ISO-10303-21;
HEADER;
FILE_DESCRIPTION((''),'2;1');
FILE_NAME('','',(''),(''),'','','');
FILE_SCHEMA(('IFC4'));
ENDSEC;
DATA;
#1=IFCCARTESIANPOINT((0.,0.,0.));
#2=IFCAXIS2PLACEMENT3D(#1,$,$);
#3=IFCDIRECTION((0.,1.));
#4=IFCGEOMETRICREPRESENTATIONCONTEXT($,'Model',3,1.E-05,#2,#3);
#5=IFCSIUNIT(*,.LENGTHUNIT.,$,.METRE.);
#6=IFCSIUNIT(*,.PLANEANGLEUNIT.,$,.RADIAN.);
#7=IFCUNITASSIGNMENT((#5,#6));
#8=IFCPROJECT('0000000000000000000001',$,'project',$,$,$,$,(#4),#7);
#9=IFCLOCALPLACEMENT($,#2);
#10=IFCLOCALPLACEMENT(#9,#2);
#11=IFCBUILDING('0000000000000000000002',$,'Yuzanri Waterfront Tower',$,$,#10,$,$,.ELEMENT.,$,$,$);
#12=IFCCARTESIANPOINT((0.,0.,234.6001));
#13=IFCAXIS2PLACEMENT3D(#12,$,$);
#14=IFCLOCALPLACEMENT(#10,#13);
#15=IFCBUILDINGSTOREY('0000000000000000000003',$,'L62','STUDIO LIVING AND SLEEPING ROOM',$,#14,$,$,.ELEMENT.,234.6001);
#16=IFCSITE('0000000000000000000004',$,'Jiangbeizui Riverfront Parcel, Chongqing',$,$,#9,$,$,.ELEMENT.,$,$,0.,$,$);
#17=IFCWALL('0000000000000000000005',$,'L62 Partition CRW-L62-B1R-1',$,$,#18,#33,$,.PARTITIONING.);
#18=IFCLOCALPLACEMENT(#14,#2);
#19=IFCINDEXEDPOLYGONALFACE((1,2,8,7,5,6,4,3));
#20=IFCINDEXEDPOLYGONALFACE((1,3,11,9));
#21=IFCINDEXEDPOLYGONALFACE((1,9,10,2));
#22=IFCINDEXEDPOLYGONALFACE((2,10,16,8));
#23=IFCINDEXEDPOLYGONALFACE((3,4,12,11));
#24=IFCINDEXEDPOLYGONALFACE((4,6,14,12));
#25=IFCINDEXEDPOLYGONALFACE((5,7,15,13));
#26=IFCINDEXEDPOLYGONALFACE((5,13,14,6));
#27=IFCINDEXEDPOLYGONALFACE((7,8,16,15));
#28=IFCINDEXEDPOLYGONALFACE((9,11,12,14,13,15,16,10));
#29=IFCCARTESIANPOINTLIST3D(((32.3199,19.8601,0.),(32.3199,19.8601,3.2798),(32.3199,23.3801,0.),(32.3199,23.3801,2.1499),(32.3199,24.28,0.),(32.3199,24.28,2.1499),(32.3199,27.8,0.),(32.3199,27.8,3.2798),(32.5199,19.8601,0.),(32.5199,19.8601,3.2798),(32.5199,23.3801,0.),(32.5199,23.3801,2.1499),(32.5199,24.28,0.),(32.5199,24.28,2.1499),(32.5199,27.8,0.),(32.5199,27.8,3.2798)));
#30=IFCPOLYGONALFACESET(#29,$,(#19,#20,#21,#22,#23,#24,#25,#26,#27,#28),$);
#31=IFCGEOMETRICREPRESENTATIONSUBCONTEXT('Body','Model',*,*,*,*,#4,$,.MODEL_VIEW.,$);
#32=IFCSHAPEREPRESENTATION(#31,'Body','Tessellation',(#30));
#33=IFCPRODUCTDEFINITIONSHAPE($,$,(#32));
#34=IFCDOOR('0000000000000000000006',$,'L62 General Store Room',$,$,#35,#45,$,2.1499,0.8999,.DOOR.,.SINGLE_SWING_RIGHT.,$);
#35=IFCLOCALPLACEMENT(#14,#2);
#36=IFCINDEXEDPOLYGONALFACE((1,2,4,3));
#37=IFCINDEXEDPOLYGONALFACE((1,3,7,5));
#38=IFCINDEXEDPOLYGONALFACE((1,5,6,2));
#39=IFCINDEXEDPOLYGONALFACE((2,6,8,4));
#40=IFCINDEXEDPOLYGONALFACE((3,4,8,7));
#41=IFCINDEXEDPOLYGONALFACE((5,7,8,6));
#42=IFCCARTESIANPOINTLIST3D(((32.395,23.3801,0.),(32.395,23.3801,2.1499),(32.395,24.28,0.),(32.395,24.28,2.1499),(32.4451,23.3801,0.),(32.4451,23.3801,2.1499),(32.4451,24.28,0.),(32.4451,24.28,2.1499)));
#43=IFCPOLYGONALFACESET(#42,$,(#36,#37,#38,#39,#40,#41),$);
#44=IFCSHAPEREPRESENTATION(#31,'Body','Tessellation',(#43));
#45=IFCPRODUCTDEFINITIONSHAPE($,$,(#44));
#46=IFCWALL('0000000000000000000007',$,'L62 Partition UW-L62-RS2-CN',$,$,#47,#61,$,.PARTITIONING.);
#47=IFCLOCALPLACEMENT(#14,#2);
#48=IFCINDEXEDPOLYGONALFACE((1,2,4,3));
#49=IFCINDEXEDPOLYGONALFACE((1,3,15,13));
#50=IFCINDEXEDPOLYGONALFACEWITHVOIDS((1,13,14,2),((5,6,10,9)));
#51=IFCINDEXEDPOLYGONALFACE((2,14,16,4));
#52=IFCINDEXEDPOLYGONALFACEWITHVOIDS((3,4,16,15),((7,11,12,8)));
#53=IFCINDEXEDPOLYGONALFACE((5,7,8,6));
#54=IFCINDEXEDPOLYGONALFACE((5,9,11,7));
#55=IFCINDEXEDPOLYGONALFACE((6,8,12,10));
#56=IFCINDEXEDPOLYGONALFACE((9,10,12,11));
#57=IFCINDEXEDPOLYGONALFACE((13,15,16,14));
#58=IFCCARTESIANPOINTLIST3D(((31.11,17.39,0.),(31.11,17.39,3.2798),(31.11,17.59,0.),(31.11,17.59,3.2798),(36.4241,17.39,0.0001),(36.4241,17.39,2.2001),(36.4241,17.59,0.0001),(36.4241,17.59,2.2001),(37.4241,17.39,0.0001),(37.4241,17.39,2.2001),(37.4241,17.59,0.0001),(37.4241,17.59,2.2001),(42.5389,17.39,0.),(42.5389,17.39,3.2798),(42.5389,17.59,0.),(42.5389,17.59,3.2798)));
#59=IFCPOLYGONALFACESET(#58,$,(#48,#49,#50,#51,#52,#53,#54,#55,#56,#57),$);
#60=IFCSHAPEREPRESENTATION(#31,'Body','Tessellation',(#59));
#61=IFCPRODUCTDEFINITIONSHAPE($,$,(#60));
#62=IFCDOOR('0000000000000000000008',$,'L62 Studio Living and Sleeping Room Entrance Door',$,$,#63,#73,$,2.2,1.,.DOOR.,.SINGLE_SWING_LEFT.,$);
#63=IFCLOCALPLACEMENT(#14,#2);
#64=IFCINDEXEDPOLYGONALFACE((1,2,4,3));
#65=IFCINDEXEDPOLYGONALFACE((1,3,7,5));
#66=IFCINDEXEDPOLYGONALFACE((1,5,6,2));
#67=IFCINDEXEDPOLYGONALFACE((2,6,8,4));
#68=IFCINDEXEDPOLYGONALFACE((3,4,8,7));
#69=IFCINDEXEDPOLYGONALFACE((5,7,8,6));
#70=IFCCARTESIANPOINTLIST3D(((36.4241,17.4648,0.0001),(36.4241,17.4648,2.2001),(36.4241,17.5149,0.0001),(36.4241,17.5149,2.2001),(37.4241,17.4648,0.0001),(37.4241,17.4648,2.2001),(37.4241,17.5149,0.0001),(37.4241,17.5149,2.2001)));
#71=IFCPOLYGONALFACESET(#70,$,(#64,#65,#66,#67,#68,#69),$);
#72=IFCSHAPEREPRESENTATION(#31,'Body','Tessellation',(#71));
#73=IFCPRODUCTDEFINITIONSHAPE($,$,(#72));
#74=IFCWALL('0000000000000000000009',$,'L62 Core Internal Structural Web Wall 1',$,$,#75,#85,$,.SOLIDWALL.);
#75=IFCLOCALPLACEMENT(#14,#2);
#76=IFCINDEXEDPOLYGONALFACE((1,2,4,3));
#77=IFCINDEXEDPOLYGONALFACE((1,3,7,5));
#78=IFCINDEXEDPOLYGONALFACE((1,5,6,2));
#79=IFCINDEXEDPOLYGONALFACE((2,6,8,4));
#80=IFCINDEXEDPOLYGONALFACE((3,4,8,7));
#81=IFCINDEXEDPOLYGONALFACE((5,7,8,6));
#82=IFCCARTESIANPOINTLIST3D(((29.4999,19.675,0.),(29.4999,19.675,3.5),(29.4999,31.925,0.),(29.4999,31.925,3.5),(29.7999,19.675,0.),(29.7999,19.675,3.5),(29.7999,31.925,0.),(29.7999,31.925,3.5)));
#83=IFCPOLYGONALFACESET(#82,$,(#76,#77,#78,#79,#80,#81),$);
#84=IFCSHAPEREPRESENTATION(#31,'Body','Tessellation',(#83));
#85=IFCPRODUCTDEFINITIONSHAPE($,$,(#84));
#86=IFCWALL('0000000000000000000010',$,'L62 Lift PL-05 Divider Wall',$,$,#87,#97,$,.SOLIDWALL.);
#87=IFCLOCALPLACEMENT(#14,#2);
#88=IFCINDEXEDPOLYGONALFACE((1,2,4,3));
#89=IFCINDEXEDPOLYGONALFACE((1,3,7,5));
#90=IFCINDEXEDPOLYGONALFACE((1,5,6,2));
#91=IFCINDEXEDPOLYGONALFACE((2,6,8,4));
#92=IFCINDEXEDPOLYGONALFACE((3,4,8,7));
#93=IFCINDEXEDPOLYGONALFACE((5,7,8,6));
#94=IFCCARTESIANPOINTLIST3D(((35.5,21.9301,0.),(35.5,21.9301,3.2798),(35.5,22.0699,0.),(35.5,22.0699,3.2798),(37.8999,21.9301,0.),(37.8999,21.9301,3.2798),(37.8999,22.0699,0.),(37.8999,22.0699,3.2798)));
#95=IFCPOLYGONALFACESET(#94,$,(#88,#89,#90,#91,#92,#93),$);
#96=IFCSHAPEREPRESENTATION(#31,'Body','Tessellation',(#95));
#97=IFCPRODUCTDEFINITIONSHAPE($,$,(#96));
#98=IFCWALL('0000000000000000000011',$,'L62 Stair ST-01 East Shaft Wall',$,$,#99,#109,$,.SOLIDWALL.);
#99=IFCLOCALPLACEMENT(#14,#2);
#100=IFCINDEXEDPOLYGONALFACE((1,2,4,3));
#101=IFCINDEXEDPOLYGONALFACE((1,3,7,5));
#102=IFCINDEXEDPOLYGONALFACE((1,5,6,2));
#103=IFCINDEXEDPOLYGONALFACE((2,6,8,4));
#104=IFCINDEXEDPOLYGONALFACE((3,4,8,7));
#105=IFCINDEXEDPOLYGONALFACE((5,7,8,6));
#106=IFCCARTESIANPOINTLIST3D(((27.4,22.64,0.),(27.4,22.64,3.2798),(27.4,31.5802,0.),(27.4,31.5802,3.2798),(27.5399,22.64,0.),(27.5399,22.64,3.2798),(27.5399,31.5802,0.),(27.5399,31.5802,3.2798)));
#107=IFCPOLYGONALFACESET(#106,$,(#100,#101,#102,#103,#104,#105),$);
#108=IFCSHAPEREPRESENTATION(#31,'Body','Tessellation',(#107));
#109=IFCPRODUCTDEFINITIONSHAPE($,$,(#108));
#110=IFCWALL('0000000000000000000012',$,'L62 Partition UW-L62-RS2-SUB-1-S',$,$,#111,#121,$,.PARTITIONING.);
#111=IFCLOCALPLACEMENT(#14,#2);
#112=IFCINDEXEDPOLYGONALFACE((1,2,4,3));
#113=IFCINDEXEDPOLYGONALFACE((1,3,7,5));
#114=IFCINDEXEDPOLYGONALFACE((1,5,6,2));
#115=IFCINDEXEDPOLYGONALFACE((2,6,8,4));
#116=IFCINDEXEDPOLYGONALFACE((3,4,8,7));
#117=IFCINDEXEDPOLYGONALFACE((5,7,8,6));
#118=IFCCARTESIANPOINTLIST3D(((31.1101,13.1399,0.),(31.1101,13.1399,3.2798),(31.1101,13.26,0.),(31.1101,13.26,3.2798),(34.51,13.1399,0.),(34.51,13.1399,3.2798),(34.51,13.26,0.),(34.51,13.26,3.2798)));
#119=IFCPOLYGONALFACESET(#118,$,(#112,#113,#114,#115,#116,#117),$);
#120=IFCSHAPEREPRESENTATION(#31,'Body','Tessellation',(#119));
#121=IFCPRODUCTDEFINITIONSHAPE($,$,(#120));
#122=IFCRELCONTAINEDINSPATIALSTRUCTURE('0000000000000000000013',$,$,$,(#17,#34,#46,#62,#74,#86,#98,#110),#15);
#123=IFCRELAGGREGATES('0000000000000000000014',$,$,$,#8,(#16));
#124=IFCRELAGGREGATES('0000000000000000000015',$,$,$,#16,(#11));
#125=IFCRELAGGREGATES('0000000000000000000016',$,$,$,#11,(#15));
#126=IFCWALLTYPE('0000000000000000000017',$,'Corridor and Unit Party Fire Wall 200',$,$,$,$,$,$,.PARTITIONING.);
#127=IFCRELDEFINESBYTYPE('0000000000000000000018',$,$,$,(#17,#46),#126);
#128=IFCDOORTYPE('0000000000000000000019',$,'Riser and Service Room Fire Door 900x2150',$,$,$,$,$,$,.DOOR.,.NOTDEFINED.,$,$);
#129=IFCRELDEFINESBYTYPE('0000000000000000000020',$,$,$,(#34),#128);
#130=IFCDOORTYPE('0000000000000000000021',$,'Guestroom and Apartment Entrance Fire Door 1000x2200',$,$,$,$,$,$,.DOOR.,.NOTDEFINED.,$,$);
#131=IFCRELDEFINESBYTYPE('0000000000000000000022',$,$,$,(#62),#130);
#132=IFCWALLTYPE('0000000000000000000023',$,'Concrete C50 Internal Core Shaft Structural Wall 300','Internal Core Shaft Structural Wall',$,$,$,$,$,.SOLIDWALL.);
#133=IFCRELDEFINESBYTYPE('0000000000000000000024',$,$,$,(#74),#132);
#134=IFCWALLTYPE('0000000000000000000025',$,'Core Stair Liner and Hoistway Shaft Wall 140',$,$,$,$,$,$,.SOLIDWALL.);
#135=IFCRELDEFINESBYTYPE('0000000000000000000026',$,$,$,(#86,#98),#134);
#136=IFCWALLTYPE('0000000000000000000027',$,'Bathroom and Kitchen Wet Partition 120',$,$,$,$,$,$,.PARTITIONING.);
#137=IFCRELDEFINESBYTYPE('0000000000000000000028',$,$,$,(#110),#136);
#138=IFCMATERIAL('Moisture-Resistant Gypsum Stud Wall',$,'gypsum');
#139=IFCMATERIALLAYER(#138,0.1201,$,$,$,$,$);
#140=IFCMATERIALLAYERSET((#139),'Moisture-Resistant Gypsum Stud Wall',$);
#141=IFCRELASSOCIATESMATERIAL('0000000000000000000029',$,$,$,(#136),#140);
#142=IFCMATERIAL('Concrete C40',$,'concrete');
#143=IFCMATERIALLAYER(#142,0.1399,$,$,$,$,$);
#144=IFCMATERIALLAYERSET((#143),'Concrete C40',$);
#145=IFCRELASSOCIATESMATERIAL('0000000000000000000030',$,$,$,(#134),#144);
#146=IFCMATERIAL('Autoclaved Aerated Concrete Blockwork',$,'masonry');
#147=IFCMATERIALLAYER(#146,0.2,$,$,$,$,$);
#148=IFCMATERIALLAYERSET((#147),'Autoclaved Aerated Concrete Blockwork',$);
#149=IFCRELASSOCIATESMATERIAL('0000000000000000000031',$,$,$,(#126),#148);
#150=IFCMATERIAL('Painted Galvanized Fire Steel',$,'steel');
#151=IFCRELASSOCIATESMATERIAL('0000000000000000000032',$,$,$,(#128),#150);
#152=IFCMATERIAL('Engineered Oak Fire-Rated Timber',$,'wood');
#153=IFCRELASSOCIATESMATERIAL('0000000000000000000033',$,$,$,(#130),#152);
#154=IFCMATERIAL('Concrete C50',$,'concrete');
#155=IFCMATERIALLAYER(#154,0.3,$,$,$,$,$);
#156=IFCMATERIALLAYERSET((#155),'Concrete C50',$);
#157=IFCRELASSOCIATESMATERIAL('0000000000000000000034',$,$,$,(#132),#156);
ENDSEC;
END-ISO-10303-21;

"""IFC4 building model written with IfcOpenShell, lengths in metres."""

from ifc_helpers import new_model, si_unit, direction, frame, frame_2d, origin, place, context, subcontext, project, spatial, rectangle, extrude, source, transform, mapped, material, layer, layer_set, type_object, element, fill, save


model = new_model("IFC4")

# Units and contexts
model_context = context("Model", 3, precision=1e-05, world=origin(), true_north=direction((0.0, 1.0)))
body_context = subcontext(model_context, "Body", "Model", "MODEL_VIEW")
ifc_project = project(units=[si_unit("LENGTHUNIT", "METRE"), si_unit("PLANEANGLEUNIT", "RADIAN")], contexts=[model_context])

# Site, building, storey
site_placement = place(None, origin())
site = spatial("IfcSite", under=ifc_project, at=site_placement, Name="Jiangbeizui Riverfront Parcel, Chongqing", CompositionType="ELEMENT", RefElevation=0.0)
building_placement = place(site_placement, origin())
building = spatial("IfcBuilding", under=site, at=building_placement, Name="Yuzanri Waterfront Tower", CompositionType="ELEMENT")
storey_placement = place(building_placement, frame((0.0, 0.0, 234.6001)))
storey = spatial("IfcBuildingStorey", under=building, at=storey_placement, Name="L62", Description="STUDIO LIVING AND SLEEPING ROOM", CompositionType="ELEMENT", Elevation=234.6001)

# Walls, openings, doors
ifc_material_1 = material(Name="Moisture-Resistant Gypsum Stud Wall", Category="gypsum")
ifc_layer_1 = layer(ifc_material_1, 0.1201)
ifc_layer_set_1 = layer_set([ifc_layer_1], Name="Moisture-Resistant Gypsum Stud Wall")
wall_type_1 = type_object("IfcWallType", Name="Bathroom and Kitchen Wet Partition 120", PredefinedType="PARTITIONING", material=ifc_layer_set_1)
ifc_material_2 = material(Name="Concrete C40", Category="concrete")
ifc_layer_2 = layer(ifc_material_2, 0.1399)
ifc_layer_set_2 = layer_set([ifc_layer_2], Name="Concrete C40")
wall_type_2 = type_object("IfcWallType", Name="Core Stair Liner and Hoistway Shaft Wall 140", PredefinedType="SOLIDWALL", material=ifc_layer_set_2)
ifc_material_3 = material(Name="Autoclaved Aerated Concrete Blockwork", Category="masonry")
ifc_layer_3 = layer(ifc_material_3, 0.2)
ifc_layer_set_3 = layer_set([ifc_layer_3], Name="Autoclaved Aerated Concrete Blockwork")
wall_type_3 = type_object("IfcWallType", Name="Corridor and Unit Party Fire Wall 200", PredefinedType="PARTITIONING", material=ifc_layer_set_3)
wall_1_placement = place(storey_placement, frame((32.4199, 19.8601, 0.0), z_axis=(0.0, 0.0, 1.0), x_axis=(0.0, 1.0, 0.0)))
wall_1 = element("IfcWall", 1, at=wall_1_placement, inside=storey, type_object=wall_type_3, Name="L62 Partition CRW-L62-B1R-1", PredefinedType="PARTITIONING", context=body_context, shape_type="SweptSolid", body=[
    extrude(rectangle(XDim=7.9399, YDim=0.2, at=frame_2d((3.97, 0.0))), origin(), (0.0, 0.0, 1.0), 3.2798),
])
opening_1_placement = place(wall_1_placement, frame((3.52, 0.0, 0.0)))
opening_1 = element("IfcOpeningElement", 2, at=opening_1_placement, cuts=wall_1, PredefinedType="OPENING", context=body_context, shape_type="SweptSolid", body=[
    extrude(rectangle(XDim=0.8999, YDim=2.1499, at=frame_2d((0.45, 1.075))), frame((0.0, 0.1147, 0.0), z_axis=(0.0, -1.0, 0.0), x_axis=(1.0, 0.0, 0.0)), (0.0, 0.0, 1.0), 0.2297),
])
ifc_material_4 = material(Name="Painted Galvanized Fire Steel", Category="steel")
door_type_1 = type_object("IfcDoorType", Name="Riser and Service Room Fire Door 900x2150", OperationType="NOTDEFINED", PredefinedType="DOOR", material=ifc_material_4)
shared_shape_1 = source(origin(), body_context, "Body", "SweptSolid", [
    extrude(rectangle(XDim=0.8999, YDim=2.1499, at=frame_2d((0.45, 1.075))), frame((0.0, 0.0249, 0.0), z_axis=(0.0, -1.0, 0.0), x_axis=(1.0, 0.0, 0.0)), (0.0, 0.0, 1.0), 0.05),
])
door_1_placement = place(opening_1_placement, origin())
door_1 = element("IfcDoor", 3, at=door_1_placement, inside=storey, type_object=door_type_1, Name="L62 General Store Room", OperationType="SINGLE_SWING_RIGHT", OverallHeight=2.1499, OverallWidth=0.8999, PredefinedType="DOOR", context=body_context, shape_type="MappedRepresentation", body=[
    mapped(shared_shape_1, transform((0.0, 0.0, 0.0), scale=1.0)),
])
fill(opening_1, door_1)
wall_2_placement = place(storey_placement, frame((31.1101, 17.49, 0.0), z_axis=(0.0, 0.0, 1.0), x_axis=(1.0, 0.0, 0.0)))
wall_2 = element("IfcWall", 4, at=wall_2_placement, inside=storey, type_object=wall_type_3, Name="L62 Partition UW-L62-RS2-CN", PredefinedType="PARTITIONING", context=body_context, shape_type="SweptSolid", body=[
    extrude(rectangle(XDim=11.429, YDim=0.2, at=frame_2d((5.7144, 0.0))), origin(), (0.0, 0.0, 1.0), 3.2798),
])
opening_2_placement = place(wall_2_placement, frame((5.314, 0.0, 0.0)))
opening_2 = element("IfcOpeningElement", 5, at=opening_2_placement, cuts=wall_2, PredefinedType="OPENING", context=body_context, shape_type="SweptSolid", body=[
    extrude(rectangle(XDim=1.0, YDim=2.2, at=frame_2d((0.5, 1.1001))), frame((0.0, 0.1147, 0.0), z_axis=(0.0, -1.0, 0.0), x_axis=(1.0, 0.0, 0.0)), (0.0, 0.0, 1.0), 0.2297),
])
ifc_material_5 = material(Name="Engineered Oak Fire-Rated Timber", Category="wood")
door_type_2 = type_object("IfcDoorType", Name="Guestroom and Apartment Entrance Fire Door 1000x2200", OperationType="NOTDEFINED", PredefinedType="DOOR", material=ifc_material_5)
shared_shape_2 = source(origin(), body_context, "Body", "SweptSolid", [
    extrude(rectangle(XDim=1.0, YDim=2.2, at=frame_2d((0.5, 1.1001))), frame((0.0, 0.0249, 0.0), z_axis=(0.0, -1.0, 0.0), x_axis=(1.0, 0.0, 0.0)), (0.0, 0.0, 1.0), 0.05),
])
door_2_placement = place(opening_2_placement, origin())
door_2 = element("IfcDoor", 6, at=door_2_placement, inside=storey, type_object=door_type_2, Name="L62 Studio Living and Sleeping Room Entrance Door", OperationType="SINGLE_SWING_LEFT", OverallHeight=2.2, OverallWidth=1.0, PredefinedType="DOOR", context=body_context, shape_type="MappedRepresentation", body=[
    mapped(shared_shape_2, transform((0.0, 0.0, 0.0), scale=1.0)),
])
fill(opening_2, door_2)

# Walls
ifc_material_6 = material(Name="Concrete C50", Category="concrete")
ifc_layer_4 = layer(ifc_material_6, 0.3)
ifc_layer_set_4 = layer_set([ifc_layer_4], Name="Concrete C50")
wall_type_4 = type_object("IfcWallType", Name="Concrete C50 Internal Core Shaft Structural Wall 300", Description="Internal Core Shaft Structural Wall", PredefinedType="SOLIDWALL", material=ifc_layer_set_4)
shared_shape_3 = source(origin(), body_context, "Body", "SweptSolid", [
    extrude(rectangle(XDim=12.25, YDim=0.3, at=frame_2d((6.125, 0.0))), origin(), (0.0, 0.0, 1.0), 3.5),
])
wall_3_placement = place(storey_placement, frame((29.6499, 19.675, 0.0), z_axis=(0.0, 0.0, 1.0), x_axis=(0.0, 1.0, 0.0)))
element("IfcWall", 7, at=wall_3_placement, inside=storey, type_object=wall_type_4, Name="L62 Core Internal Structural Web Wall 1", PredefinedType="SOLIDWALL", context=body_context, shape_type="MappedRepresentation", body=[
    mapped(shared_shape_3, transform((0.0, 0.0, 0.0), scale=1.0)),
])
shared_shape_4 = source(origin(), body_context, "Body", "SweptSolid", [
    extrude(rectangle(XDim=2.3999, YDim=0.1399, at=frame_2d((1.2, 0.0))), origin(), (0.0, 0.0, 1.0), 3.2798),
])
wall_4_placement = place(storey_placement, frame((35.5, 22.0, 0.0), z_axis=(0.0, 0.0, 1.0), x_axis=(1.0, 0.0, 0.0)))
element("IfcWall", 8, at=wall_4_placement, inside=storey, type_object=wall_type_2, Name="L62 Lift PL-05 Divider Wall", PredefinedType="SOLIDWALL", context=body_context, shape_type="MappedRepresentation", body=[
    mapped(shared_shape_4, transform((0.0, 0.0, 0.0), scale=1.0)),
])
shared_shape_5 = source(origin(), body_context, "Body", "SweptSolid", [
    extrude(rectangle(XDim=8.9402, YDim=0.1399, at=frame_2d((4.4702, 0.0))), origin(), (0.0, 0.0, 1.0), 3.2798),
])
wall_5_placement = place(storey_placement, frame((27.47, 22.6399, 0.0), z_axis=(0.0, 0.0, 1.0), x_axis=(0.0, 1.0, 0.0)))
element("IfcWall", 9, at=wall_5_placement, inside=storey, type_object=wall_type_2, Name="L62 Stair ST-01 East Shaft Wall", PredefinedType="SOLIDWALL", context=body_context, shape_type="MappedRepresentation", body=[
    mapped(shared_shape_5, transform((0.0, 0.0, 0.0), scale=1.0)),
])
shared_shape_6 = source(origin(), body_context, "Body", "SweptSolid", [
    extrude(rectangle(XDim=3.3999, YDim=0.1201, at=frame_2d((1.7, 0.0))), origin(), (0.0, 0.0, 1.0), 3.2798),
])
wall_6_placement = place(storey_placement, frame((31.1101, 13.2, 0.0), z_axis=(0.0, 0.0, 1.0), x_axis=(1.0, 0.0, 0.0)))
element("IfcWall", 10, at=wall_6_placement, inside=storey, type_object=wall_type_1, Name="L62 Partition UW-L62-RS2-SUB-1-S", PredefinedType="PARTITIONING", context=body_context, shape_type="MappedRepresentation", body=[
    mapped(shared_shape_6, transform((0.0, 0.0, 0.0), scale=1.0)),
])

save(model, "model.ifc")
